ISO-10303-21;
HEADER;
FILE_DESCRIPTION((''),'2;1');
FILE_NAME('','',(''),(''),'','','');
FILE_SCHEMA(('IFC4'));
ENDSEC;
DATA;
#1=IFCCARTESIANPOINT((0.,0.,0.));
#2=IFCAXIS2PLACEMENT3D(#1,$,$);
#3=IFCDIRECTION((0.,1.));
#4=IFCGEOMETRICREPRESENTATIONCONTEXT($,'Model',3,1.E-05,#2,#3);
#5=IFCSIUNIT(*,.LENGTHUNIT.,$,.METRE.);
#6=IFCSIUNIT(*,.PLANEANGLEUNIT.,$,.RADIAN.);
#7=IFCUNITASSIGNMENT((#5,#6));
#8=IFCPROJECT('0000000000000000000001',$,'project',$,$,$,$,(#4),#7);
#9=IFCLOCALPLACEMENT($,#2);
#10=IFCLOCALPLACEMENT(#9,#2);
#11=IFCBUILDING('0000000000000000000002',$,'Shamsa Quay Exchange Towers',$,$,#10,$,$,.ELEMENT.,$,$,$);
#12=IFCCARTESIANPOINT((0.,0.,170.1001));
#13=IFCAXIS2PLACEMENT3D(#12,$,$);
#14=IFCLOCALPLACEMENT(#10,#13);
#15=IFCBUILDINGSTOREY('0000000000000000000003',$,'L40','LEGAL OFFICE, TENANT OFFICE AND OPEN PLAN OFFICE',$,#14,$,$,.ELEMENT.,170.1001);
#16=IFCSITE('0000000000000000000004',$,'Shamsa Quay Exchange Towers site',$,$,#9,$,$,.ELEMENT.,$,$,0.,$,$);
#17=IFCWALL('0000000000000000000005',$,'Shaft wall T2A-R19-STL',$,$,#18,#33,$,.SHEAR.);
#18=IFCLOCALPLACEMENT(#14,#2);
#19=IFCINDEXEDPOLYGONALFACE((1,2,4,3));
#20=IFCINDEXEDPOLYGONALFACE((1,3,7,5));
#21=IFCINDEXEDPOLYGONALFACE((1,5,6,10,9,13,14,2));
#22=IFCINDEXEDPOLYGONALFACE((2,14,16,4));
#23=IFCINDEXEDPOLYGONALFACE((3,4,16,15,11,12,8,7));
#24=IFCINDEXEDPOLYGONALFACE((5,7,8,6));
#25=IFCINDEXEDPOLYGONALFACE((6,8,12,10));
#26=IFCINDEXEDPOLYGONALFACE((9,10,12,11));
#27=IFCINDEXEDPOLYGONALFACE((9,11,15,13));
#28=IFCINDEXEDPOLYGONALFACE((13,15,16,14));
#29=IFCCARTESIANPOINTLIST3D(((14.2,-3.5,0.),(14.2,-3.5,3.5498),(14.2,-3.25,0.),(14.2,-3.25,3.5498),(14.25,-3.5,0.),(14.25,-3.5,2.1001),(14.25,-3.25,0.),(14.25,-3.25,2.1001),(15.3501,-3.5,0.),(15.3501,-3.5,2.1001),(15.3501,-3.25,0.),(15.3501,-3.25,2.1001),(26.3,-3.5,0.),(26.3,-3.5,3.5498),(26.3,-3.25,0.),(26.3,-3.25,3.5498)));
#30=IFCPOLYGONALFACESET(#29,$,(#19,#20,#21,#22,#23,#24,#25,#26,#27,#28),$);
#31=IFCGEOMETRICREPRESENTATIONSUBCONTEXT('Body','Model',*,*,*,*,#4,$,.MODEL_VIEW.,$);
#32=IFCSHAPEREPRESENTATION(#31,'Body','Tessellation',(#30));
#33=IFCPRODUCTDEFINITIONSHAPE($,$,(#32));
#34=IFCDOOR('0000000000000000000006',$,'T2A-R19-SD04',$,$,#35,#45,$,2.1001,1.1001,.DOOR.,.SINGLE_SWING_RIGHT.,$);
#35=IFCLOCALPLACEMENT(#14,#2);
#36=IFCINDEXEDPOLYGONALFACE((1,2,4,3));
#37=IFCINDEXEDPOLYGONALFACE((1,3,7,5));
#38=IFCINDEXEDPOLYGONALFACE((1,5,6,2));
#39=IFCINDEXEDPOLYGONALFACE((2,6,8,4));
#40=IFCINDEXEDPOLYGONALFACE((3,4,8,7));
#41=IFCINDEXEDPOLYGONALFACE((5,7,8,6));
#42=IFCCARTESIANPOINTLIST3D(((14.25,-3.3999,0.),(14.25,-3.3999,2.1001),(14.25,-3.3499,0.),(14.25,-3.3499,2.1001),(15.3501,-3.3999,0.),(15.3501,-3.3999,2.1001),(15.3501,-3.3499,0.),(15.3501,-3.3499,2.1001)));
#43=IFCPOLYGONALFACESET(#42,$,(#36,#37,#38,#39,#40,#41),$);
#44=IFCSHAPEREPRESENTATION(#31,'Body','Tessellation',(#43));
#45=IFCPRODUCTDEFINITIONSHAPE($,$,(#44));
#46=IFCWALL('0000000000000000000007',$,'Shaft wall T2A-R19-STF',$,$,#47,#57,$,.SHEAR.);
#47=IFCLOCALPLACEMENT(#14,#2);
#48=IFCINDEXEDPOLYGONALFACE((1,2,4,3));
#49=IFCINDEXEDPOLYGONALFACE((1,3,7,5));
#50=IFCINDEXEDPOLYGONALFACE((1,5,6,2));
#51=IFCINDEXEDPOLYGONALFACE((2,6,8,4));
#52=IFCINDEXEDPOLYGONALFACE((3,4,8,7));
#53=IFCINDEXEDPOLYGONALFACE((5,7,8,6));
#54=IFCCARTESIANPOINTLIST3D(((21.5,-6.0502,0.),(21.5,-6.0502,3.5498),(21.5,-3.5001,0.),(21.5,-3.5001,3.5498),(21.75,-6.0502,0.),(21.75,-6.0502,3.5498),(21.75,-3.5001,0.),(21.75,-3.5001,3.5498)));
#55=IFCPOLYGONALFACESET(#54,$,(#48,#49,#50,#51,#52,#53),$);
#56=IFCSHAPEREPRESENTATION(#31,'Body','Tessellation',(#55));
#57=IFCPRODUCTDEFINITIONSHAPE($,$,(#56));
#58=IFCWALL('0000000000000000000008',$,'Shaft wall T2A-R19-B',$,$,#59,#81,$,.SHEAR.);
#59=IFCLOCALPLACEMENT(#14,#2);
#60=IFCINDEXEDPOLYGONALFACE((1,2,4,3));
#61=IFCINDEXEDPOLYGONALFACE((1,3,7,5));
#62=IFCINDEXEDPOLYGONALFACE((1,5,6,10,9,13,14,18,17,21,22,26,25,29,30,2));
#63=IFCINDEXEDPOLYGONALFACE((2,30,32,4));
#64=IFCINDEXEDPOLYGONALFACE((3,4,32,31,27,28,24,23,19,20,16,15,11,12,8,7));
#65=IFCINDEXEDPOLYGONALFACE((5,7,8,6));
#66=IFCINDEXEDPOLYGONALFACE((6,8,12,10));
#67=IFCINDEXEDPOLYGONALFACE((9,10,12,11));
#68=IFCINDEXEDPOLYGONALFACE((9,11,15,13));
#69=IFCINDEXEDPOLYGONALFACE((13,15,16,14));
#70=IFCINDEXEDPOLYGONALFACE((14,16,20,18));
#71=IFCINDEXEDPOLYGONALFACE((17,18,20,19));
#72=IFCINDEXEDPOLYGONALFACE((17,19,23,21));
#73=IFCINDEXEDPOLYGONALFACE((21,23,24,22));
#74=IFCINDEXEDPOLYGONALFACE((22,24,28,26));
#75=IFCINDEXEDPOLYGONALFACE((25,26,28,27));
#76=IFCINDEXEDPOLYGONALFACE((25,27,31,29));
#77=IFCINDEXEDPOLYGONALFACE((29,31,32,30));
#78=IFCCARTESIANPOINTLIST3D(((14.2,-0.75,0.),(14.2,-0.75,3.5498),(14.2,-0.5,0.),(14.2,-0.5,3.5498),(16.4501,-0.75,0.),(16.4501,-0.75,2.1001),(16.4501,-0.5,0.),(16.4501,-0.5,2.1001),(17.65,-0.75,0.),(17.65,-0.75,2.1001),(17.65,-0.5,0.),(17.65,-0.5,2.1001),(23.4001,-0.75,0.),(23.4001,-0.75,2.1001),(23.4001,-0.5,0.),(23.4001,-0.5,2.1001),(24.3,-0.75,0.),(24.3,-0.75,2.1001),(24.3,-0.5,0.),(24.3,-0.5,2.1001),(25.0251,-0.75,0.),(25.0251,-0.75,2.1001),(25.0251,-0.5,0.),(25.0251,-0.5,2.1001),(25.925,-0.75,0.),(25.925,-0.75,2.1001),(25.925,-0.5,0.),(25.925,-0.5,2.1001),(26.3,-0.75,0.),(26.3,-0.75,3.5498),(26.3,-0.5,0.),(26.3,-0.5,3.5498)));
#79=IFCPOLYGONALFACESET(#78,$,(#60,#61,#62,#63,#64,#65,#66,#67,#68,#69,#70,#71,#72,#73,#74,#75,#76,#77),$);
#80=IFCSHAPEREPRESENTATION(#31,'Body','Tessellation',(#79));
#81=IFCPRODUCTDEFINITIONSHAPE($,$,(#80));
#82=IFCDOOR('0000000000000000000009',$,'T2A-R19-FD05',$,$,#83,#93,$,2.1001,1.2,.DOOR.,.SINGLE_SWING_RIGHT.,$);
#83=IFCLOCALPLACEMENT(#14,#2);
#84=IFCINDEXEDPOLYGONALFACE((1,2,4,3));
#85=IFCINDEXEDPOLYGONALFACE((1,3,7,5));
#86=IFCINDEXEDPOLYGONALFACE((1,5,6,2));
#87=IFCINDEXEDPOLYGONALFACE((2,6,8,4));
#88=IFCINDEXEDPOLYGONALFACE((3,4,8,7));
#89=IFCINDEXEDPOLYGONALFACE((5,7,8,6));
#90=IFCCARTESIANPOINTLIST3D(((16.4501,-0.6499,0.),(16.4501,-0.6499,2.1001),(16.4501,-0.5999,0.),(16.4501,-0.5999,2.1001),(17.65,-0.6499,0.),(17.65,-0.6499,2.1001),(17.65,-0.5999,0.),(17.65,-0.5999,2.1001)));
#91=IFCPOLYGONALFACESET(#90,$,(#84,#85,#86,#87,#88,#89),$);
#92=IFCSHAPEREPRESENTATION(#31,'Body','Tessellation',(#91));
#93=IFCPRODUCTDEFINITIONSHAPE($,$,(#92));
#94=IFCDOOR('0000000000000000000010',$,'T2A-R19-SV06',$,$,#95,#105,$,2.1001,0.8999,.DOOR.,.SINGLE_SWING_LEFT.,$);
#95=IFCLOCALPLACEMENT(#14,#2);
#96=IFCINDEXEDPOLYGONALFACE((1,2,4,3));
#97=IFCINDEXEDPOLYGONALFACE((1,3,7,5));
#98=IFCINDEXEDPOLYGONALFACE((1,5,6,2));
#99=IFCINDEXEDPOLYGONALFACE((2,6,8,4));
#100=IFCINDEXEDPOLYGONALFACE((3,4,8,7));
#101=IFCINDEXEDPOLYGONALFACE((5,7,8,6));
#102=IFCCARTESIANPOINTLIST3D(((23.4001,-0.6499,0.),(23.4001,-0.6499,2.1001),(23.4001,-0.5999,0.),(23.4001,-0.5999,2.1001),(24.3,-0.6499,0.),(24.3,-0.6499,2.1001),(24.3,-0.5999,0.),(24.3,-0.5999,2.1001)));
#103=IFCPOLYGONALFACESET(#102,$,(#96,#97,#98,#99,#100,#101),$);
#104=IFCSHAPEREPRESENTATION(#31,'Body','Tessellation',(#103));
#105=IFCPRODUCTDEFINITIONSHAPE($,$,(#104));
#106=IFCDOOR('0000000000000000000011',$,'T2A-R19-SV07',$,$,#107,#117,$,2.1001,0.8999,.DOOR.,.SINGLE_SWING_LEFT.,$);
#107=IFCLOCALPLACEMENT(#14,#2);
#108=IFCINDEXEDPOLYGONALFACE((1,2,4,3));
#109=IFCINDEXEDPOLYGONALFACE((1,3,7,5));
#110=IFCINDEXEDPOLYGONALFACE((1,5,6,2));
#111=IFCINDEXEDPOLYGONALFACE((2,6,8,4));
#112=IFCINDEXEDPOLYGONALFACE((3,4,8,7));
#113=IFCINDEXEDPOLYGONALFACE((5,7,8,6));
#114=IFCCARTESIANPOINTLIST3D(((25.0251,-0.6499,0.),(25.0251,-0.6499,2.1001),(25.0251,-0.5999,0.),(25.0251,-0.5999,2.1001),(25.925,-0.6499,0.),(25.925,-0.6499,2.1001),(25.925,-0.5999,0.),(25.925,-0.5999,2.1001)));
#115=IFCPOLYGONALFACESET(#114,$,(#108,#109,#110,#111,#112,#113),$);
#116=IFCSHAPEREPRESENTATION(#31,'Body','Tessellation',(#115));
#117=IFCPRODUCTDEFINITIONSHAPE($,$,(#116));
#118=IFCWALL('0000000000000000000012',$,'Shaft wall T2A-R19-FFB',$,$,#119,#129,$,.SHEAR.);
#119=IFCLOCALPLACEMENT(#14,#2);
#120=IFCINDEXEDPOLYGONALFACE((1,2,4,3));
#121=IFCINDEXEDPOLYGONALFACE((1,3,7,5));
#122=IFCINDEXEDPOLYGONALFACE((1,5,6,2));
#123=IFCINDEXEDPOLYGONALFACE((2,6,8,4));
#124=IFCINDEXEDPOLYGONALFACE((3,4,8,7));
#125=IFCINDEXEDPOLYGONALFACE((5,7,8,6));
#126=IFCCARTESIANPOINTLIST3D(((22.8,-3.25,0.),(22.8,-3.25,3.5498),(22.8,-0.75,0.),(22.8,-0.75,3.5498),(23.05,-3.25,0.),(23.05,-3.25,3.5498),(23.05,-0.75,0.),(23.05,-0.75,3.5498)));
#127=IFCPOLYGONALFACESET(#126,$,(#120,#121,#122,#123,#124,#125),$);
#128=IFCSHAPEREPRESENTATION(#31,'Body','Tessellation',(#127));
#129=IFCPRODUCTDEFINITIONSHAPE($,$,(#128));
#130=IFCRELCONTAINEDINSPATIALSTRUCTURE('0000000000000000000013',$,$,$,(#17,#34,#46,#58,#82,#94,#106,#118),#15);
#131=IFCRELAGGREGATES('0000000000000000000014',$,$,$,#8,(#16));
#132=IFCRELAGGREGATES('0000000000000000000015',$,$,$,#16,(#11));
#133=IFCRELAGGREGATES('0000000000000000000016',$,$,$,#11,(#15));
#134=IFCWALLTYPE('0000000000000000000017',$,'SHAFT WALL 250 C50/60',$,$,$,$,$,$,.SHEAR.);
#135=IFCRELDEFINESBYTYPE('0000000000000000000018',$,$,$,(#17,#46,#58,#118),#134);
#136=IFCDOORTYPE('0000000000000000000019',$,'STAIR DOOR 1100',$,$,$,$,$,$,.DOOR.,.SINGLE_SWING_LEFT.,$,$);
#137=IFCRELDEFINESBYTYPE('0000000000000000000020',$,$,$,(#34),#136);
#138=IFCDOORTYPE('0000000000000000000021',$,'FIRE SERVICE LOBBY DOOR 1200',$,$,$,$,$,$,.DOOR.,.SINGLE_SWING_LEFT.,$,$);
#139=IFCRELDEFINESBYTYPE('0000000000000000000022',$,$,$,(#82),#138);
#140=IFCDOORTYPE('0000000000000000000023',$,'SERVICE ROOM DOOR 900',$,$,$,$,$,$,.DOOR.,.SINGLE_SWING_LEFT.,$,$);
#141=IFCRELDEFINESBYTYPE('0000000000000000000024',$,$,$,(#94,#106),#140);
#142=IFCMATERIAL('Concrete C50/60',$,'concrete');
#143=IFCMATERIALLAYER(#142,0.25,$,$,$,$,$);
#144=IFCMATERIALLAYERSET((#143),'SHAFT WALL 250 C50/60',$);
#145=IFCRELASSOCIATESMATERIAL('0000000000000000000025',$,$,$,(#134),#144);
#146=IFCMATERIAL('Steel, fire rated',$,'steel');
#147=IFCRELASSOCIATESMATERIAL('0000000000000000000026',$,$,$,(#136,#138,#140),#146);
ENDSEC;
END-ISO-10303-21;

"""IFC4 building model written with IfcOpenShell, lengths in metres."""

from ifc_helpers import new_model, si_unit, direction, frame, frame_2d, origin, place, context, subcontext, project, spatial, rectangle, extrude, material, layer, layer_set, type_object, element, fill, save


model = new_model("IFC4")

# Units and contexts
model_context = context("Model", 3, precision=1e-05, world=origin(), true_north=direction((0.0, 1.0)))
body_context = subcontext(model_context, "Body", "Model", "MODEL_VIEW")
ifc_project = project(units=[si_unit("LENGTHUNIT", "METRE"), si_unit("PLANEANGLEUNIT", "RADIAN")], contexts=[model_context])

# Site, building, storey
site_placement = place(None, origin())
site = spatial("IfcSite", under=ifc_project, at=site_placement, Name="Shamsa Quay Exchange Towers site", CompositionType="ELEMENT", RefElevation=0.0)
building_placement = place(site_placement, origin())
building = spatial("IfcBuilding", under=site, at=building_placement, Name="Shamsa Quay Exchange Towers", CompositionType="ELEMENT")
storey_placement = place(building_placement, frame((0.0, 0.0, 170.1001)))
storey = spatial("IfcBuildingStorey", under=building, at=storey_placement, Name="L40", Description="LEGAL OFFICE, TENANT OFFICE AND OPEN PLAN OFFICE", CompositionType="ELEMENT", Elevation=170.1001)

# Wall, opening, door
ifc_material_1 = material(Name="Concrete C50/60", Category="concrete")
ifc_layer_1 = layer(ifc_material_1, 0.25)
ifc_layer_set_1 = layer_set([ifc_layer_1], Name="SHAFT WALL 250 C50/60")
wall_type_1 = type_object("IfcWallType", Name="SHAFT WALL 250 C50/60", PredefinedType="SHEAR", material=ifc_layer_set_1)
wall_1_placement = place(storey_placement, frame((26.3, -3.375, 0.0), z_axis=(0.0, 0.0, 1.0), x_axis=(-1.0, 0.0, 0.0)))
wall_1 = element("IfcWall", 1, at=wall_1_placement, inside=storey, type_object=wall_type_1, Name="Shaft wall T2A-R19-STL", PredefinedType="SHEAR", context=body_context, shape_type="SweptSolid", body=[
    extrude(rectangle(XDim=12.1001, YDim=0.25, at=frame_2d((6.05, 0.0))), origin(), (0.0, 0.0, 1.0), 3.5498),
])
opening_1_placement = place(wall_1_placement, frame((10.95, 0.0, 0.0)))
opening_1 = element("IfcOpeningElement", 2, at=opening_1_placement, cuts=wall_1, PredefinedType="OPENING", context=body_context, shape_type="SweptSolid", body=[
    extrude(rectangle(XDim=1.1001, YDim=2.1001, at=frame_2d((0.55, 1.05))), frame((0.0, 0.135, 0.0), z_axis=(0.0, -1.0, 0.0), x_axis=(1.0, 0.0, 0.0)), (0.0, 0.0, 1.0), 0.27),
])
ifc_material_2 = material(Name="Steel, fire rated", Category="steel")
door_type_1 = type_object("IfcDoorType", Name="STAIR DOOR 1100", OperationType="SINGLE_SWING_LEFT", PredefinedType="DOOR", material=ifc_material_2)
door_1_placement = place(opening_1_placement, origin())
door_1 = element("IfcDoor", 3, at=door_1_placement, inside=storey, type_object=door_type_1, Name="T2A-R19-SD04", OperationType="SINGLE_SWING_RIGHT", OverallHeight=2.1001, OverallWidth=1.1001, PredefinedType="DOOR", context=body_context, shape_type="SweptSolid", body=[
    extrude(rectangle(XDim=1.1001, YDim=2.1001, at=frame_2d((0.55, 1.05))), frame((0.0, 0.0249, 0.0), z_axis=(0.0, -1.0, 0.0), x_axis=(1.0, 0.0, 0.0)), (0.0, 0.0, 1.0), 0.05),
])
fill(opening_1, door_1)

# Wall
wall_2_placement = place(storey_placement, frame((21.625, -6.05, 0.0), z_axis=(0.0, 0.0, 1.0), x_axis=(0.0, 1.0, 0.0)))
element("IfcWall", 4, at=wall_2_placement, inside=storey, type_object=wall_type_1, Name="Shaft wall T2A-R19-STF", PredefinedType="SHEAR", context=body_context, shape_type="SweptSolid", body=[
    extrude(rectangle(XDim=2.55, YDim=0.25, at=frame_2d((1.2749, 0.0))), origin(), (0.0, 0.0, 1.0), 3.5498),
])

# Wall, openings, doors
wall_3_placement = place(storey_placement, frame((26.3, -0.625, 0.0), z_axis=(0.0, 0.0, 1.0), x_axis=(-1.0, 0.0, 0.0)))
wall_3 = element("IfcWall", 5, at=wall_3_placement, inside=storey, type_object=wall_type_1, Name="Shaft wall T2A-R19-B", PredefinedType="SHEAR", context=body_context, shape_type="SweptSolid", body=[
    extrude(rectangle(XDim=12.1001, YDim=0.25, at=frame_2d((6.05, 0.0))), origin(), (0.0, 0.0, 1.0), 3.5498),
])
opening_2_placement = place(wall_3_placement, frame((8.6499, 0.0, 0.0)))
opening_2 = element("IfcOpeningElement", 6, at=opening_2_placement, cuts=wall_3, PredefinedType="OPENING", context=body_context, shape_type="SweptSolid", body=[
    extrude(rectangle(XDim=1.2, YDim=2.1001, at=frame_2d((0.6001, 1.05))), frame((0.0, 0.135, 0.0), z_axis=(0.0, -1.0, 0.0), x_axis=(1.0, 0.0, 0.0)), (0.0, 0.0, 1.0), 0.27),
])
opening_3_placement = place(wall_3_placement, frame((2.0, 0.0, 0.0)))
opening_3 = element("IfcOpeningElement", 7, at=opening_3_placement, cuts=wall_3, PredefinedType="OPENING", context=body_context, shape_type="SweptSolid", body=[
    extrude(rectangle(XDim=0.8999, YDim=2.1001, at=frame_2d((0.45, 1.05))), frame((0.0, 0.135, 0.0), z_axis=(0.0, -1.0, 0.0), x_axis=(1.0, 0.0, 0.0)), (0.0, 0.0, 1.0), 0.27),
])
opening_4_placement = place(wall_3_placement, frame((0.375, 0.0, 0.0)))
opening_4 = element("IfcOpeningElement", 8, at=opening_4_placement, cuts=wall_3, PredefinedType="OPENING", context=body_context, shape_type="SweptSolid", body=[
    extrude(rectangle(XDim=0.8999, YDim=2.1001, at=frame_2d((0.45, 1.05))), frame((0.0, 0.135, 0.0), z_axis=(0.0, -1.0, 0.0), x_axis=(1.0, 0.0, 0.0)), (0.0, 0.0, 1.0), 0.27),
])
door_type_2 = type_object("IfcDoorType", Name="FIRE SERVICE LOBBY DOOR 1200", OperationType="SINGLE_SWING_LEFT", PredefinedType="DOOR", material=ifc_material_2)
door_2_placement = place(opening_2_placement, origin())
door_2 = element("IfcDoor", 9, at=door_2_placement, inside=storey, type_object=door_type_2, Name="T2A-R19-FD05", OperationType="SINGLE_SWING_RIGHT", OverallHeight=2.1001, OverallWidth=1.2, PredefinedType="DOOR", context=body_context, shape_type="SweptSolid", body=[
    extrude(rectangle(XDim=1.2, YDim=2.1001, at=frame_2d((0.6001, 1.05))), frame((0.0, 0.0249, 0.0), z_axis=(0.0, -1.0, 0.0), x_axis=(1.0, 0.0, 0.0)), (0.0, 0.0, 1.0), 0.05),
])
fill(opening_2, door_2)
door_type_3 = type_object("IfcDoorType", Name="SERVICE ROOM DOOR 900", OperationType="SINGLE_SWING_LEFT", PredefinedType="DOOR", material=ifc_material_2)
door_3_placement = place(opening_3_placement, origin())
door_3 = element("IfcDoor", 10, at=door_3_placement, inside=storey, type_object=door_type_3, Name="T2A-R19-SV06", OperationType="SINGLE_SWING_LEFT", OverallHeight=2.1001, OverallWidth=0.8999, PredefinedType="DOOR", context=body_context, shape_type="SweptSolid", body=[
    extrude(rectangle(XDim=0.8999, YDim=2.1001, at=frame_2d((0.45, 1.05))), frame((0.0, 0.0249, 0.0), z_axis=(0.0, -1.0, 0.0), x_axis=(1.0, 0.0, 0.0)), (0.0, 0.0, 1.0), 0.05),
])
fill(opening_3, door_3)
door_4_placement = place(opening_4_placement, origin())
door_4 = element("IfcDoor", 11, at=door_4_placement, inside=storey, type_object=door_type_3, Name="T2A-R19-SV07", OperationType="SINGLE_SWING_LEFT", OverallHeight=2.1001, OverallWidth=0.8999, PredefinedType="DOOR", context=body_context, shape_type="SweptSolid", body=[
    extrude(rectangle(XDim=0.8999, YDim=2.1001, at=frame_2d((0.45, 1.05))), frame((0.0, 0.0249, 0.0), z_axis=(0.0, -1.0, 0.0), x_axis=(1.0, 0.0, 0.0)), (0.0, 0.0, 1.0), 0.05),
])
fill(opening_4, door_4)

# Wall
wall_4_placement = place(storey_placement, frame((22.925, -3.25, 0.0), z_axis=(0.0, 0.0, 1.0), x_axis=(0.0, 1.0, 0.0)))
element("IfcWall", 12, at=wall_4_placement, inside=storey, type_object=wall_type_1, Name="Shaft wall T2A-R19-FFB", PredefinedType="SHEAR", context=body_context, shape_type="SweptSolid", body=[
    extrude(rectangle(XDim=2.5, YDim=0.25, at=frame_2d((1.25, 0.0))), origin(), (0.0, 0.0, 1.0), 3.5498),
])

save(model, "model.ifc")
